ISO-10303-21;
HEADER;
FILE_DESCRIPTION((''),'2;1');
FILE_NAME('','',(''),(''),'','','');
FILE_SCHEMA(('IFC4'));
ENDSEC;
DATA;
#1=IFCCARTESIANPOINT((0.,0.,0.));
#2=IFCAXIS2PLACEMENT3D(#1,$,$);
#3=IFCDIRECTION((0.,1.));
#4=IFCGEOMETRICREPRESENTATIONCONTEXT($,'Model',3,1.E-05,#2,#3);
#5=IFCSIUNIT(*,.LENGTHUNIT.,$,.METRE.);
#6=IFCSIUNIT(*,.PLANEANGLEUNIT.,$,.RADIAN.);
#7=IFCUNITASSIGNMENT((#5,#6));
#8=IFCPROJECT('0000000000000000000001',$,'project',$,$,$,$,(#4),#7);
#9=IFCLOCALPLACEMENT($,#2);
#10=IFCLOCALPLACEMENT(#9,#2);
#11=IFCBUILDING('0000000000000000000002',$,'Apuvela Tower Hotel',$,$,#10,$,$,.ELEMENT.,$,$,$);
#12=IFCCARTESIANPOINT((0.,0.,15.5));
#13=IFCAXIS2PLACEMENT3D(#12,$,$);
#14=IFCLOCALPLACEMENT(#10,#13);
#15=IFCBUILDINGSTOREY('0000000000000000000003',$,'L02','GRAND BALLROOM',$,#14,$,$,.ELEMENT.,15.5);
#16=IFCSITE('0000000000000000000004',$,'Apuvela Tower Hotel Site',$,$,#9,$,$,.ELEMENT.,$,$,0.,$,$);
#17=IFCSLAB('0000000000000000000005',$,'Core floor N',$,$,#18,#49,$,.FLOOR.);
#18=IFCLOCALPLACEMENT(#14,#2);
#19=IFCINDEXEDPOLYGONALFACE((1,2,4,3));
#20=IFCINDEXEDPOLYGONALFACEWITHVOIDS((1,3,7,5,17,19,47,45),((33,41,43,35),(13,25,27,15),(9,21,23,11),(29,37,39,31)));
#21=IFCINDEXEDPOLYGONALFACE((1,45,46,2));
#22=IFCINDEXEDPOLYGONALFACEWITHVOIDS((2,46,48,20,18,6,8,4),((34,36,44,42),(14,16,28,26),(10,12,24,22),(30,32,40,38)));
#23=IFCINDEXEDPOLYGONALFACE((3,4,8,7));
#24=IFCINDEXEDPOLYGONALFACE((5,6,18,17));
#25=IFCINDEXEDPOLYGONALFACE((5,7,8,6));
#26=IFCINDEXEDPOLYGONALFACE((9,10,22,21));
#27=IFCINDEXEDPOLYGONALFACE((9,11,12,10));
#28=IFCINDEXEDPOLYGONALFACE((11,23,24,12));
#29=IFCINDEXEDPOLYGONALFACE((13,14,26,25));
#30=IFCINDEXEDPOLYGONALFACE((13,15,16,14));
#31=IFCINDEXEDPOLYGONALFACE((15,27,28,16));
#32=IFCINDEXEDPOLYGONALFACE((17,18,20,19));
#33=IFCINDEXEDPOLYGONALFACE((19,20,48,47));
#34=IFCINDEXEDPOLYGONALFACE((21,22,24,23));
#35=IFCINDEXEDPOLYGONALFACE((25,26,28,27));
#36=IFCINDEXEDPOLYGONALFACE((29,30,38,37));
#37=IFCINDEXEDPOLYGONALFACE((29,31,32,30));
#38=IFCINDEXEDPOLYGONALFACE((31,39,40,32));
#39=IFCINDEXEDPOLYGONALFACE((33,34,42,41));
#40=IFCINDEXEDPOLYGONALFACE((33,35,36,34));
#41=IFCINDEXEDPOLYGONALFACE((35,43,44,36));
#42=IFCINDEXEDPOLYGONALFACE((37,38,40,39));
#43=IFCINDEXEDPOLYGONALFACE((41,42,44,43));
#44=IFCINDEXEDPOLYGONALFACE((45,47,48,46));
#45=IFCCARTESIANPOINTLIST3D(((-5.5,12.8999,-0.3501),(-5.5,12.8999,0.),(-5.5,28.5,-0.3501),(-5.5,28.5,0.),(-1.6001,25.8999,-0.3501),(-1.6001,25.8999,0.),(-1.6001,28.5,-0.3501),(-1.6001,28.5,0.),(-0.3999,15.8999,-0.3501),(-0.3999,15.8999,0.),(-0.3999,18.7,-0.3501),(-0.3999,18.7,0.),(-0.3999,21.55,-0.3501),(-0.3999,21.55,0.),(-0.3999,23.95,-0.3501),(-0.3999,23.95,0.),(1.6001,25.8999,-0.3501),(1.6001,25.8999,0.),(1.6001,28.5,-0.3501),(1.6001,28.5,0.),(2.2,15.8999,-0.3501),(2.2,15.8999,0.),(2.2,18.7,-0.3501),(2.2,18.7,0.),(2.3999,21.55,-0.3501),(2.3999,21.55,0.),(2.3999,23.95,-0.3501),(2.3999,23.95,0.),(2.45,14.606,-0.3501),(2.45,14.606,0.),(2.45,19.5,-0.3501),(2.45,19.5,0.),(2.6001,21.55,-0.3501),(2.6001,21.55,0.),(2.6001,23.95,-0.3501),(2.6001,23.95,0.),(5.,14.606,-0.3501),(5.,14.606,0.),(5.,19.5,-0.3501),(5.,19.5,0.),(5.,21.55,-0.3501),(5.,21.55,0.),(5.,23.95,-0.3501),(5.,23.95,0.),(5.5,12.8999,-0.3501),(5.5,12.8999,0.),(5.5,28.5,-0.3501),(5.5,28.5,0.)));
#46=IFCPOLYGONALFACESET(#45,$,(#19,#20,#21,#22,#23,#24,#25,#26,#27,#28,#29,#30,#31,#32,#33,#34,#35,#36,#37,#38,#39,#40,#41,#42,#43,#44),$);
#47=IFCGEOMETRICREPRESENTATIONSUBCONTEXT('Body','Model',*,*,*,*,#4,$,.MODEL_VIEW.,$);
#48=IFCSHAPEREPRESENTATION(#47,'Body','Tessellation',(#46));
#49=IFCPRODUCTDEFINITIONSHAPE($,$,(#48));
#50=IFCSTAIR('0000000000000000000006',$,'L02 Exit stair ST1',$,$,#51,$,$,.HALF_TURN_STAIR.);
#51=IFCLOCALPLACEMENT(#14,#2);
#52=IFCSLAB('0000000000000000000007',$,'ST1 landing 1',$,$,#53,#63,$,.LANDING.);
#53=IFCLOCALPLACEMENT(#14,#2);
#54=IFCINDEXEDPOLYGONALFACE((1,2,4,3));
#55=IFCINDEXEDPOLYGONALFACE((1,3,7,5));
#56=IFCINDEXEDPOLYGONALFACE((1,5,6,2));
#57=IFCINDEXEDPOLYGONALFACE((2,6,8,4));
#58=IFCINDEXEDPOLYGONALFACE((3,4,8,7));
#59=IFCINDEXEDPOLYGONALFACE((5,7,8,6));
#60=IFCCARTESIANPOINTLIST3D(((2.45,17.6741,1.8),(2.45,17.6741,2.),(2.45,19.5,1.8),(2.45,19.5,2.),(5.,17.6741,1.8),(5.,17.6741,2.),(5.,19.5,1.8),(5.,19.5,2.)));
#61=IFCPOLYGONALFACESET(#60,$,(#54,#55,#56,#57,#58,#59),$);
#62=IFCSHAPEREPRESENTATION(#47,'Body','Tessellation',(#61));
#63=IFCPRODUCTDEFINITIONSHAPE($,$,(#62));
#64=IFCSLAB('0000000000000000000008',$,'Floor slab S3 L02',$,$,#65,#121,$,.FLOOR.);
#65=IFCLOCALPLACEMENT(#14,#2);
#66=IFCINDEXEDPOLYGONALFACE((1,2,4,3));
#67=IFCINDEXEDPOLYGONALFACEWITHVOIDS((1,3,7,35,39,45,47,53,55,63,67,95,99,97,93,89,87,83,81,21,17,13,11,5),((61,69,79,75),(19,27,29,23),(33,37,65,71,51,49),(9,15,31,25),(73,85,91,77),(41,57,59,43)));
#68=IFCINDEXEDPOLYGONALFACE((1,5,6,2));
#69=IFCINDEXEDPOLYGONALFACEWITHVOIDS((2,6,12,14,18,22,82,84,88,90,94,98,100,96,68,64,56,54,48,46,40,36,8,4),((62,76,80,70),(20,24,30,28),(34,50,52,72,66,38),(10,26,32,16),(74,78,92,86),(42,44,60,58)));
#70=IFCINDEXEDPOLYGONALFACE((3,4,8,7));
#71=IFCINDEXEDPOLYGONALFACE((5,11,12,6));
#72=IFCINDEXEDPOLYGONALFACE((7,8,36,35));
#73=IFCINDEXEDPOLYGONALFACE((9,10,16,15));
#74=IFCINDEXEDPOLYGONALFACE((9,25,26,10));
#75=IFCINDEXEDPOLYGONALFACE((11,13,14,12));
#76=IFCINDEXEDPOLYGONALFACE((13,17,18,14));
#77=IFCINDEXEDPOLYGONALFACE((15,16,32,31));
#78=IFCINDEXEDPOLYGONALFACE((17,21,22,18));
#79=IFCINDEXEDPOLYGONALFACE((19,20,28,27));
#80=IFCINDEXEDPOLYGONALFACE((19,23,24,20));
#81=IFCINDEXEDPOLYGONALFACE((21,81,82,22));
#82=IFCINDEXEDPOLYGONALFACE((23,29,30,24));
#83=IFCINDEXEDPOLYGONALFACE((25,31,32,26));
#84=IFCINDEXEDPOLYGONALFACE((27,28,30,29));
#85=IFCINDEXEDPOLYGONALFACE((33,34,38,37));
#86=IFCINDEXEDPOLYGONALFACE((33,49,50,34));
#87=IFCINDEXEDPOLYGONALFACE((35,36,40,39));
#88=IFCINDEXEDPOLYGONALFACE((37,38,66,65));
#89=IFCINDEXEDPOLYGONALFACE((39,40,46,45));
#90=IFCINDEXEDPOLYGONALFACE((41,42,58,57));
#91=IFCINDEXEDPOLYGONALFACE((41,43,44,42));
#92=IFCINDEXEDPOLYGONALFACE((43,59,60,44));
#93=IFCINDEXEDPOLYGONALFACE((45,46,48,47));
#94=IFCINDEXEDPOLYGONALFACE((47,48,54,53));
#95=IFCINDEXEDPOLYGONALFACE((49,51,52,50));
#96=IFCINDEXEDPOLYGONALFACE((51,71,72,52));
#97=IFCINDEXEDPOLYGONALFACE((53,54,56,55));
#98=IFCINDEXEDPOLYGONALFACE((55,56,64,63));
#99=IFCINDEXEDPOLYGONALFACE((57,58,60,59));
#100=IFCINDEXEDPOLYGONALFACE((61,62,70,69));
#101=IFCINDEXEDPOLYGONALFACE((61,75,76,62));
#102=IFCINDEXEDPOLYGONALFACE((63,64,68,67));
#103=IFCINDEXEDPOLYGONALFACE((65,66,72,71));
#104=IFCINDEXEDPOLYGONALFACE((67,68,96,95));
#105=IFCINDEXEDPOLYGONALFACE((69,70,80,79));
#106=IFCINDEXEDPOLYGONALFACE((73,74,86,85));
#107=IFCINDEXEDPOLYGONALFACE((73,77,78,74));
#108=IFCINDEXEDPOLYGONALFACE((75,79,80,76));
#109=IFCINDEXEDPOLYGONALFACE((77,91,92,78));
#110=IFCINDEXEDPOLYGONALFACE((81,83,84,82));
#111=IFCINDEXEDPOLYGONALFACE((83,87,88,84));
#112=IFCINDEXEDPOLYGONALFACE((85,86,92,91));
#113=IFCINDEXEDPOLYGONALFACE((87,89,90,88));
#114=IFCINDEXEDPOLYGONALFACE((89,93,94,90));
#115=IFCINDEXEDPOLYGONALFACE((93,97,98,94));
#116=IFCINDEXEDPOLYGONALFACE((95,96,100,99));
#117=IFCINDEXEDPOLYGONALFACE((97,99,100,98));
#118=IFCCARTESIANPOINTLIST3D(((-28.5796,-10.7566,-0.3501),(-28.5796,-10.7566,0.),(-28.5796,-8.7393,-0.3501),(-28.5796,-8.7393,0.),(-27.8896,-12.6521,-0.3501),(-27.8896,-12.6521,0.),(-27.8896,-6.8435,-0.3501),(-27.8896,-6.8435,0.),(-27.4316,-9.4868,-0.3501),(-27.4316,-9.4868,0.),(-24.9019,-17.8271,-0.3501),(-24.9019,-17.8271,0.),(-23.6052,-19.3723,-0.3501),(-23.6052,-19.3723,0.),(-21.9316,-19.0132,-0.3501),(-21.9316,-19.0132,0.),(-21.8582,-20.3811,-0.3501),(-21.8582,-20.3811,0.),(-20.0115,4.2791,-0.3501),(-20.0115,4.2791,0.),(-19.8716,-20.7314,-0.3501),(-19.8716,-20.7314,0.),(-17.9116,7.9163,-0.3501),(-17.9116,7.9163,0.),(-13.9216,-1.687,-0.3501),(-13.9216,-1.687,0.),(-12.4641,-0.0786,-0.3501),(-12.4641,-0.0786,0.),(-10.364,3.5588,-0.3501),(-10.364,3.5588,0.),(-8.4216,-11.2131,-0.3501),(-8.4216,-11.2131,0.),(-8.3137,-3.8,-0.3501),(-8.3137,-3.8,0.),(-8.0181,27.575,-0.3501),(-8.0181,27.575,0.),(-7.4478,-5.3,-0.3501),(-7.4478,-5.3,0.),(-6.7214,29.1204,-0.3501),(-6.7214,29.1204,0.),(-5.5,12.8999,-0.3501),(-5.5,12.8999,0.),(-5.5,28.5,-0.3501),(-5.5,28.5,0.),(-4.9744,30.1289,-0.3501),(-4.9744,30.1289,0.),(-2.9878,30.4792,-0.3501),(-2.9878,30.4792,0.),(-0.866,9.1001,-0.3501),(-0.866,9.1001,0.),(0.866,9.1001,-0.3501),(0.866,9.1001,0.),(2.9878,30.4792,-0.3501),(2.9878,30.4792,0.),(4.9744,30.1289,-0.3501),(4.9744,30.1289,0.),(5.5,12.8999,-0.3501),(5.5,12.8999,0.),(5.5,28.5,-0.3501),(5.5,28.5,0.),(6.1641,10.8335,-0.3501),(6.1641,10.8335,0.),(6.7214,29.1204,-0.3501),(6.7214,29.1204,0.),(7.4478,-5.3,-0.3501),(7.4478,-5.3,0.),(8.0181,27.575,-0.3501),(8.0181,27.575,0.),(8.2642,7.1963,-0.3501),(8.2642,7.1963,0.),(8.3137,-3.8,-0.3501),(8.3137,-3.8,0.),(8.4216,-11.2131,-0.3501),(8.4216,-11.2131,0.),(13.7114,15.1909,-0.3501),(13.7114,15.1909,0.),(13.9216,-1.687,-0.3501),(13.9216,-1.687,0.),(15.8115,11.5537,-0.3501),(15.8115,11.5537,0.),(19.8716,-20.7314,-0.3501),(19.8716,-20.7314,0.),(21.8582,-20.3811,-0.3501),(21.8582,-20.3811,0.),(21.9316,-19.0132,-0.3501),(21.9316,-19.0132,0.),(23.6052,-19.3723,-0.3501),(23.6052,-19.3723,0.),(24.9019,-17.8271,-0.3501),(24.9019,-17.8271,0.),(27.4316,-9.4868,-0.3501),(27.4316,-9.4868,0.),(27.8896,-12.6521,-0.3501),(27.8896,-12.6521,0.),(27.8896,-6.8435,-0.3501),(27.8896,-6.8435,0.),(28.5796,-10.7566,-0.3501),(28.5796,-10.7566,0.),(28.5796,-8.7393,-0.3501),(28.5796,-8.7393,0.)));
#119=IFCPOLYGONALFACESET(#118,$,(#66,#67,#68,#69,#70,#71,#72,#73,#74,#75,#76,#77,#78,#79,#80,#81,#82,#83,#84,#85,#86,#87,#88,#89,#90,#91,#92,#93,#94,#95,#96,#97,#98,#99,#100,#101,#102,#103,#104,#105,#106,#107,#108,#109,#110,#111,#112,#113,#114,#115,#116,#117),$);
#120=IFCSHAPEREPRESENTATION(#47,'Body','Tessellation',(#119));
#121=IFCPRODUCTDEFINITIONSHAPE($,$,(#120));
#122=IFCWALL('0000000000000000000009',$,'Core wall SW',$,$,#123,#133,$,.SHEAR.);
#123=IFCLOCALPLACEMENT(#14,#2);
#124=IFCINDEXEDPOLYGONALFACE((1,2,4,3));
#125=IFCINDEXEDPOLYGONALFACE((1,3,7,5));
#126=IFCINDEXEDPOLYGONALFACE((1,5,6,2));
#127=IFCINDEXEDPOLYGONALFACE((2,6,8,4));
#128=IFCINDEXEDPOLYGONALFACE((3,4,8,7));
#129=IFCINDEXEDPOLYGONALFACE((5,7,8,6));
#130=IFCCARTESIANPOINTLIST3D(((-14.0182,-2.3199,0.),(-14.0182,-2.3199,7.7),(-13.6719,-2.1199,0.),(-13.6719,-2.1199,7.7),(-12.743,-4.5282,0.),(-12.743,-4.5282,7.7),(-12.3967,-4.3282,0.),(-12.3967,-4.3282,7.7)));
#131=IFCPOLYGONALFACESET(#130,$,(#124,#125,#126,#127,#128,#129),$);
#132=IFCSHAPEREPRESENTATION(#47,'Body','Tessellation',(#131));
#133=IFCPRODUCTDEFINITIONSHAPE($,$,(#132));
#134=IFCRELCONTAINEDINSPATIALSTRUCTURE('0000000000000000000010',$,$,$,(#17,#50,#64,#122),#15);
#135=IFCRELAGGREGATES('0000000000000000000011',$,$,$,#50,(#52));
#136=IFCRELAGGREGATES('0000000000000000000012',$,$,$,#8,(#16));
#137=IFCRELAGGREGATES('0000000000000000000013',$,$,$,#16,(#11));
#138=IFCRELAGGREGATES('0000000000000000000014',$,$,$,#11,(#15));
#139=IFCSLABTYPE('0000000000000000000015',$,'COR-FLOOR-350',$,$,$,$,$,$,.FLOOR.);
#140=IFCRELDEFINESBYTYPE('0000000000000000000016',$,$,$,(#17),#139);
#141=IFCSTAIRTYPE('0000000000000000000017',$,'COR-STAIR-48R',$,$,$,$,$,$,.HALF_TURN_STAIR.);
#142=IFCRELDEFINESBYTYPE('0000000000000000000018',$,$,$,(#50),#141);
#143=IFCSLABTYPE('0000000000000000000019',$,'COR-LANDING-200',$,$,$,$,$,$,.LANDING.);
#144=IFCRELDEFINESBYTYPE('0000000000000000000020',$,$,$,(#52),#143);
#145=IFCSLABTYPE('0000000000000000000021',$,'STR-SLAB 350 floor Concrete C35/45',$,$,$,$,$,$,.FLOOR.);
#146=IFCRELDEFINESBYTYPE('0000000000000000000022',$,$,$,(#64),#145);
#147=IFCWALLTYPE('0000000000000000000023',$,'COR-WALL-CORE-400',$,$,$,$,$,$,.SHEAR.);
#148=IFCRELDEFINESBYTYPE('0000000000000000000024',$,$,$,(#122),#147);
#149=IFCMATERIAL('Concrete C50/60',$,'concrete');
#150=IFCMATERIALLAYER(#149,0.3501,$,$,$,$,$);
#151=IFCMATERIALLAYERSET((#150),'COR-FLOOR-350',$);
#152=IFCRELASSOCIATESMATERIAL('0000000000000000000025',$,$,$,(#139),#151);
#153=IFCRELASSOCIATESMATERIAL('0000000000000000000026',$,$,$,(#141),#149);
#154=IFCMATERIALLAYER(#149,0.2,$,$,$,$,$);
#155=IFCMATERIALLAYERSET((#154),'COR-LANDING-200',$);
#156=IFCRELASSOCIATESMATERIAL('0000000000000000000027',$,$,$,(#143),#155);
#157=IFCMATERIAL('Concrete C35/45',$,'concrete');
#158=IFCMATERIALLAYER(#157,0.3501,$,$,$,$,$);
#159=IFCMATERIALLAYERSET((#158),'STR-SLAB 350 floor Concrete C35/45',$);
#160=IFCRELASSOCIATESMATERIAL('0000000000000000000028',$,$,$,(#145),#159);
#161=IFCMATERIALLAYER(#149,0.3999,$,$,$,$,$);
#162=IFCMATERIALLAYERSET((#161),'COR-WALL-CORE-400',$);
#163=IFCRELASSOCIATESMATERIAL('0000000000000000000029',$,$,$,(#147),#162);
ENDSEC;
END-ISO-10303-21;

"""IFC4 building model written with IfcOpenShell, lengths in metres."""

from ifc_helpers import new_model, si_unit, direction, frame, frame_2d, origin, place, context, subcontext, project, spatial, polyline, rectangle, outline, extrude, material, layer, layer_set, type_object, element, aggregate, save


model = new_model("IFC4")

# Units and contexts
model_context = context("Model", 3, precision=1e-05, world=origin(), true_north=direction((0.0, 1.0)))
body_context = subcontext(model_context, "Body", "Model", "MODEL_VIEW")
ifc_project = project(units=[si_unit("LENGTHUNIT", "METRE"), si_unit("PLANEANGLEUNIT", "RADIAN")], contexts=[model_context])

# Site, building, storey
site_placement = place(None, origin())
site = spatial("IfcSite", under=ifc_project, at=site_placement, Name="Apuvela Tower Hotel Site", CompositionType="ELEMENT", RefElevation=0.0)
building_placement = place(site_placement, origin())
building = spatial("IfcBuilding", under=site, at=building_placement, Name="Apuvela Tower Hotel", CompositionType="ELEMENT")
storey_placement = place(building_placement, frame((0.0, 0.0, 15.5)))
storey = spatial("IfcBuildingStorey", under=building, at=storey_placement, Name="L02", Description="GRAND BALLROOM", CompositionType="ELEMENT", Elevation=15.5)

# Slab
ifc_material_1 = material(Name="Concrete C50/60", Category="concrete")
ifc_layer_1 = layer(ifc_material_1, 0.3501)
ifc_layer_set_1 = layer_set([ifc_layer_1], Name="COR-FLOOR-350")
slab_type_1 = type_object("IfcSlabType", Name="COR-FLOOR-350", PredefinedType="FLOOR", material=ifc_layer_set_1)
slab_1_placement = place(storey_placement, frame((0.0, 0.0, -0.3501)))
element("IfcSlab", 1, at=slab_1_placement, inside=storey, type_object=slab_type_1, Name="Core floor N", PredefinedType="FLOOR", context=body_context, shape_type="SweptSolid", body=[
    extrude(outline(polyline([(5.5, 28.5), (1.6001, 28.5), (1.6001, 25.8999), (-1.6001, 25.8999), (-1.6001, 28.5), (-5.5, 28.5), (-5.5, 12.8999), (5.5, 12.8999), (5.5, 28.5)]), holes=[polyline([(5.0, 14.606), (2.45, 14.606), (2.45, 19.5), (5.0, 19.5), (5.0, 14.606)]), polyline([(2.2, 15.8999), (-0.3999, 15.8999), (-0.3999, 18.7), (2.2, 18.7), (2.2, 15.8999)]), polyline([(5.0, 21.55), (2.6001, 21.55), (2.6001, 23.95), (5.0, 23.95), (5.0, 21.55)]), polyline([(2.3999, 21.55), (-0.3999, 21.55), (-0.3999, 23.95), (2.3999, 23.95), (2.3999, 21.55)])]), origin(), (0.0, 0.0, 1.0), 0.3501),
])

# Stair, slab
stair_type = type_object("IfcStairType", Name="COR-STAIR-48R", PredefinedType="HALF_TURN_STAIR", material=ifc_material_1)
stair_1_placement = place(storey_placement, origin())
stair_1 = element("IfcStair", 2, at=stair_1_placement, inside=storey, type_object=stair_type, Name="L02 Exit stair ST1", PredefinedType="HALF_TURN_STAIR")
ifc_layer_2 = layer(ifc_material_1, 0.2)
ifc_layer_set_2 = layer_set([ifc_layer_2], Name="COR-LANDING-200")
slab_type_2 = type_object("IfcSlabType", Name="COR-LANDING-200", PredefinedType="LANDING", material=ifc_layer_set_2)
slab_2_placement = place(storey_placement, frame((0.0, 0.0, 1.8)))
slab_2 = element("IfcSlab", 3, at=slab_2_placement, type_object=slab_type_2, Name="ST1 landing 1", PredefinedType="LANDING", context=body_context, shape_type="SweptSolid", body=[
    extrude(outline(polyline([(5.0, 17.6741), (5.0, 19.5), (2.45, 19.5), (2.45, 17.6741), (5.0, 17.6741)])), origin(), (0.0, 0.0, 1.0), 0.2),
])
aggregate(stair_1, [slab_2])

# Slab
ifc_material_2 = material(Name="Concrete C35/45", Category="concrete")
ifc_layer_3 = layer(ifc_material_2, 0.3501)
ifc_layer_set_3 = layer_set([ifc_layer_3], Name="STR-SLAB 350 floor Concrete C35/45")
slab_type_3 = type_object("IfcSlabType", Name="STR-SLAB 350 floor Concrete C35/45", PredefinedType="FLOOR", material=ifc_layer_set_3)
slab_3_placement = place(storey_placement, frame((0.0, 0.0, -0.3501)))
element("IfcSlab", 4, at=slab_3_placement, inside=storey, type_object=slab_type_3, Name="Floor slab S3 L02", PredefinedType="FLOOR", context=body_context, shape_type="SweptSolid", body=[
    extrude(outline(polyline([(8.0181, 27.575), (6.7214, 29.1204), (4.9744, 30.1289), (2.9878, 30.4792), (-2.9878, 30.4792), (-4.9744, 30.1289), (-6.7214, 29.1204), (-8.0181, 27.575), (-27.8896, -6.8435), (-28.5796, -8.7393), (-28.5796, -10.7566), (-27.8896, -12.6521), (-24.9019, -17.8271), (-23.6052, -19.3723), (-21.8582, -20.3811), (-19.8716, -20.7314), (19.8716, -20.7314), (21.8582, -20.3811), (23.6052, -19.3723), (24.9019, -17.8271), (27.8896, -12.6521), (28.5796, -10.7566), (28.5796, -8.7393), (27.8896, -6.8435), (8.0181, 27.575)]), holes=[polyline([(0.866, 9.1001), (-0.866, 9.1001), (-8.3137, -3.8), (-7.4478, -5.3), (7.4478, -5.3), (8.3137, -3.8), (0.866, 9.1001)]), polyline([(-5.5, 12.8999), (-5.5, 28.5), (5.5, 28.5), (5.5, 12.8999), (-5.5, 12.8999)]), polyline([(-8.4216, -11.2131), (-21.9316, -19.0132), (-27.4316, -9.4868), (-13.9216, -1.687), (-8.4216, -11.2131)]), polyline([(13.9216, -1.687), (27.4316, -9.4868), (21.9316, -19.0132), (8.4216, -11.2131), (13.9216, -1.687)]), polyline([(8.2642, 7.1963), (6.1641, 10.8335), (13.7114, 15.1909), (15.8115, 11.5537), (8.2642, 7.1963)]), polyline([(-12.4641, -0.0786), (-20.0115, 4.2791), (-17.9116, 7.9163), (-10.364, 3.5588), (-12.4641, -0.0786)])]), origin(), (0.0, 0.0, 1.0), 0.3501),
])

# Wall
ifc_layer_4 = layer(ifc_material_1, 0.3999)
ifc_layer_set_4 = layer_set([ifc_layer_4], Name="COR-WALL-CORE-400")
wall_type_1 = type_object("IfcWallType", Name="COR-WALL-CORE-400", PredefinedType="SHEAR", material=ifc_layer_set_4)
wall_1_placement = place(storey_placement, frame((-13.845, -2.22, 0.0), z_axis=(0.0, 0.0, 1.0), x_axis=(0.500062, -0.865989, 0.0)))
element("IfcWall", 5, at=wall_1_placement, inside=storey, type_object=wall_type_1, Name="Core wall SW", PredefinedType="SHEAR", context=body_context, shape_type="SweptSolid", body=[
    extrude(rectangle(XDim=2.55, YDim=0.3999, at=frame_2d((1.2749, 0.0))), origin(), (0.0, 0.0, 1.0), 7.7),
])

save(model, "model.ifc")
